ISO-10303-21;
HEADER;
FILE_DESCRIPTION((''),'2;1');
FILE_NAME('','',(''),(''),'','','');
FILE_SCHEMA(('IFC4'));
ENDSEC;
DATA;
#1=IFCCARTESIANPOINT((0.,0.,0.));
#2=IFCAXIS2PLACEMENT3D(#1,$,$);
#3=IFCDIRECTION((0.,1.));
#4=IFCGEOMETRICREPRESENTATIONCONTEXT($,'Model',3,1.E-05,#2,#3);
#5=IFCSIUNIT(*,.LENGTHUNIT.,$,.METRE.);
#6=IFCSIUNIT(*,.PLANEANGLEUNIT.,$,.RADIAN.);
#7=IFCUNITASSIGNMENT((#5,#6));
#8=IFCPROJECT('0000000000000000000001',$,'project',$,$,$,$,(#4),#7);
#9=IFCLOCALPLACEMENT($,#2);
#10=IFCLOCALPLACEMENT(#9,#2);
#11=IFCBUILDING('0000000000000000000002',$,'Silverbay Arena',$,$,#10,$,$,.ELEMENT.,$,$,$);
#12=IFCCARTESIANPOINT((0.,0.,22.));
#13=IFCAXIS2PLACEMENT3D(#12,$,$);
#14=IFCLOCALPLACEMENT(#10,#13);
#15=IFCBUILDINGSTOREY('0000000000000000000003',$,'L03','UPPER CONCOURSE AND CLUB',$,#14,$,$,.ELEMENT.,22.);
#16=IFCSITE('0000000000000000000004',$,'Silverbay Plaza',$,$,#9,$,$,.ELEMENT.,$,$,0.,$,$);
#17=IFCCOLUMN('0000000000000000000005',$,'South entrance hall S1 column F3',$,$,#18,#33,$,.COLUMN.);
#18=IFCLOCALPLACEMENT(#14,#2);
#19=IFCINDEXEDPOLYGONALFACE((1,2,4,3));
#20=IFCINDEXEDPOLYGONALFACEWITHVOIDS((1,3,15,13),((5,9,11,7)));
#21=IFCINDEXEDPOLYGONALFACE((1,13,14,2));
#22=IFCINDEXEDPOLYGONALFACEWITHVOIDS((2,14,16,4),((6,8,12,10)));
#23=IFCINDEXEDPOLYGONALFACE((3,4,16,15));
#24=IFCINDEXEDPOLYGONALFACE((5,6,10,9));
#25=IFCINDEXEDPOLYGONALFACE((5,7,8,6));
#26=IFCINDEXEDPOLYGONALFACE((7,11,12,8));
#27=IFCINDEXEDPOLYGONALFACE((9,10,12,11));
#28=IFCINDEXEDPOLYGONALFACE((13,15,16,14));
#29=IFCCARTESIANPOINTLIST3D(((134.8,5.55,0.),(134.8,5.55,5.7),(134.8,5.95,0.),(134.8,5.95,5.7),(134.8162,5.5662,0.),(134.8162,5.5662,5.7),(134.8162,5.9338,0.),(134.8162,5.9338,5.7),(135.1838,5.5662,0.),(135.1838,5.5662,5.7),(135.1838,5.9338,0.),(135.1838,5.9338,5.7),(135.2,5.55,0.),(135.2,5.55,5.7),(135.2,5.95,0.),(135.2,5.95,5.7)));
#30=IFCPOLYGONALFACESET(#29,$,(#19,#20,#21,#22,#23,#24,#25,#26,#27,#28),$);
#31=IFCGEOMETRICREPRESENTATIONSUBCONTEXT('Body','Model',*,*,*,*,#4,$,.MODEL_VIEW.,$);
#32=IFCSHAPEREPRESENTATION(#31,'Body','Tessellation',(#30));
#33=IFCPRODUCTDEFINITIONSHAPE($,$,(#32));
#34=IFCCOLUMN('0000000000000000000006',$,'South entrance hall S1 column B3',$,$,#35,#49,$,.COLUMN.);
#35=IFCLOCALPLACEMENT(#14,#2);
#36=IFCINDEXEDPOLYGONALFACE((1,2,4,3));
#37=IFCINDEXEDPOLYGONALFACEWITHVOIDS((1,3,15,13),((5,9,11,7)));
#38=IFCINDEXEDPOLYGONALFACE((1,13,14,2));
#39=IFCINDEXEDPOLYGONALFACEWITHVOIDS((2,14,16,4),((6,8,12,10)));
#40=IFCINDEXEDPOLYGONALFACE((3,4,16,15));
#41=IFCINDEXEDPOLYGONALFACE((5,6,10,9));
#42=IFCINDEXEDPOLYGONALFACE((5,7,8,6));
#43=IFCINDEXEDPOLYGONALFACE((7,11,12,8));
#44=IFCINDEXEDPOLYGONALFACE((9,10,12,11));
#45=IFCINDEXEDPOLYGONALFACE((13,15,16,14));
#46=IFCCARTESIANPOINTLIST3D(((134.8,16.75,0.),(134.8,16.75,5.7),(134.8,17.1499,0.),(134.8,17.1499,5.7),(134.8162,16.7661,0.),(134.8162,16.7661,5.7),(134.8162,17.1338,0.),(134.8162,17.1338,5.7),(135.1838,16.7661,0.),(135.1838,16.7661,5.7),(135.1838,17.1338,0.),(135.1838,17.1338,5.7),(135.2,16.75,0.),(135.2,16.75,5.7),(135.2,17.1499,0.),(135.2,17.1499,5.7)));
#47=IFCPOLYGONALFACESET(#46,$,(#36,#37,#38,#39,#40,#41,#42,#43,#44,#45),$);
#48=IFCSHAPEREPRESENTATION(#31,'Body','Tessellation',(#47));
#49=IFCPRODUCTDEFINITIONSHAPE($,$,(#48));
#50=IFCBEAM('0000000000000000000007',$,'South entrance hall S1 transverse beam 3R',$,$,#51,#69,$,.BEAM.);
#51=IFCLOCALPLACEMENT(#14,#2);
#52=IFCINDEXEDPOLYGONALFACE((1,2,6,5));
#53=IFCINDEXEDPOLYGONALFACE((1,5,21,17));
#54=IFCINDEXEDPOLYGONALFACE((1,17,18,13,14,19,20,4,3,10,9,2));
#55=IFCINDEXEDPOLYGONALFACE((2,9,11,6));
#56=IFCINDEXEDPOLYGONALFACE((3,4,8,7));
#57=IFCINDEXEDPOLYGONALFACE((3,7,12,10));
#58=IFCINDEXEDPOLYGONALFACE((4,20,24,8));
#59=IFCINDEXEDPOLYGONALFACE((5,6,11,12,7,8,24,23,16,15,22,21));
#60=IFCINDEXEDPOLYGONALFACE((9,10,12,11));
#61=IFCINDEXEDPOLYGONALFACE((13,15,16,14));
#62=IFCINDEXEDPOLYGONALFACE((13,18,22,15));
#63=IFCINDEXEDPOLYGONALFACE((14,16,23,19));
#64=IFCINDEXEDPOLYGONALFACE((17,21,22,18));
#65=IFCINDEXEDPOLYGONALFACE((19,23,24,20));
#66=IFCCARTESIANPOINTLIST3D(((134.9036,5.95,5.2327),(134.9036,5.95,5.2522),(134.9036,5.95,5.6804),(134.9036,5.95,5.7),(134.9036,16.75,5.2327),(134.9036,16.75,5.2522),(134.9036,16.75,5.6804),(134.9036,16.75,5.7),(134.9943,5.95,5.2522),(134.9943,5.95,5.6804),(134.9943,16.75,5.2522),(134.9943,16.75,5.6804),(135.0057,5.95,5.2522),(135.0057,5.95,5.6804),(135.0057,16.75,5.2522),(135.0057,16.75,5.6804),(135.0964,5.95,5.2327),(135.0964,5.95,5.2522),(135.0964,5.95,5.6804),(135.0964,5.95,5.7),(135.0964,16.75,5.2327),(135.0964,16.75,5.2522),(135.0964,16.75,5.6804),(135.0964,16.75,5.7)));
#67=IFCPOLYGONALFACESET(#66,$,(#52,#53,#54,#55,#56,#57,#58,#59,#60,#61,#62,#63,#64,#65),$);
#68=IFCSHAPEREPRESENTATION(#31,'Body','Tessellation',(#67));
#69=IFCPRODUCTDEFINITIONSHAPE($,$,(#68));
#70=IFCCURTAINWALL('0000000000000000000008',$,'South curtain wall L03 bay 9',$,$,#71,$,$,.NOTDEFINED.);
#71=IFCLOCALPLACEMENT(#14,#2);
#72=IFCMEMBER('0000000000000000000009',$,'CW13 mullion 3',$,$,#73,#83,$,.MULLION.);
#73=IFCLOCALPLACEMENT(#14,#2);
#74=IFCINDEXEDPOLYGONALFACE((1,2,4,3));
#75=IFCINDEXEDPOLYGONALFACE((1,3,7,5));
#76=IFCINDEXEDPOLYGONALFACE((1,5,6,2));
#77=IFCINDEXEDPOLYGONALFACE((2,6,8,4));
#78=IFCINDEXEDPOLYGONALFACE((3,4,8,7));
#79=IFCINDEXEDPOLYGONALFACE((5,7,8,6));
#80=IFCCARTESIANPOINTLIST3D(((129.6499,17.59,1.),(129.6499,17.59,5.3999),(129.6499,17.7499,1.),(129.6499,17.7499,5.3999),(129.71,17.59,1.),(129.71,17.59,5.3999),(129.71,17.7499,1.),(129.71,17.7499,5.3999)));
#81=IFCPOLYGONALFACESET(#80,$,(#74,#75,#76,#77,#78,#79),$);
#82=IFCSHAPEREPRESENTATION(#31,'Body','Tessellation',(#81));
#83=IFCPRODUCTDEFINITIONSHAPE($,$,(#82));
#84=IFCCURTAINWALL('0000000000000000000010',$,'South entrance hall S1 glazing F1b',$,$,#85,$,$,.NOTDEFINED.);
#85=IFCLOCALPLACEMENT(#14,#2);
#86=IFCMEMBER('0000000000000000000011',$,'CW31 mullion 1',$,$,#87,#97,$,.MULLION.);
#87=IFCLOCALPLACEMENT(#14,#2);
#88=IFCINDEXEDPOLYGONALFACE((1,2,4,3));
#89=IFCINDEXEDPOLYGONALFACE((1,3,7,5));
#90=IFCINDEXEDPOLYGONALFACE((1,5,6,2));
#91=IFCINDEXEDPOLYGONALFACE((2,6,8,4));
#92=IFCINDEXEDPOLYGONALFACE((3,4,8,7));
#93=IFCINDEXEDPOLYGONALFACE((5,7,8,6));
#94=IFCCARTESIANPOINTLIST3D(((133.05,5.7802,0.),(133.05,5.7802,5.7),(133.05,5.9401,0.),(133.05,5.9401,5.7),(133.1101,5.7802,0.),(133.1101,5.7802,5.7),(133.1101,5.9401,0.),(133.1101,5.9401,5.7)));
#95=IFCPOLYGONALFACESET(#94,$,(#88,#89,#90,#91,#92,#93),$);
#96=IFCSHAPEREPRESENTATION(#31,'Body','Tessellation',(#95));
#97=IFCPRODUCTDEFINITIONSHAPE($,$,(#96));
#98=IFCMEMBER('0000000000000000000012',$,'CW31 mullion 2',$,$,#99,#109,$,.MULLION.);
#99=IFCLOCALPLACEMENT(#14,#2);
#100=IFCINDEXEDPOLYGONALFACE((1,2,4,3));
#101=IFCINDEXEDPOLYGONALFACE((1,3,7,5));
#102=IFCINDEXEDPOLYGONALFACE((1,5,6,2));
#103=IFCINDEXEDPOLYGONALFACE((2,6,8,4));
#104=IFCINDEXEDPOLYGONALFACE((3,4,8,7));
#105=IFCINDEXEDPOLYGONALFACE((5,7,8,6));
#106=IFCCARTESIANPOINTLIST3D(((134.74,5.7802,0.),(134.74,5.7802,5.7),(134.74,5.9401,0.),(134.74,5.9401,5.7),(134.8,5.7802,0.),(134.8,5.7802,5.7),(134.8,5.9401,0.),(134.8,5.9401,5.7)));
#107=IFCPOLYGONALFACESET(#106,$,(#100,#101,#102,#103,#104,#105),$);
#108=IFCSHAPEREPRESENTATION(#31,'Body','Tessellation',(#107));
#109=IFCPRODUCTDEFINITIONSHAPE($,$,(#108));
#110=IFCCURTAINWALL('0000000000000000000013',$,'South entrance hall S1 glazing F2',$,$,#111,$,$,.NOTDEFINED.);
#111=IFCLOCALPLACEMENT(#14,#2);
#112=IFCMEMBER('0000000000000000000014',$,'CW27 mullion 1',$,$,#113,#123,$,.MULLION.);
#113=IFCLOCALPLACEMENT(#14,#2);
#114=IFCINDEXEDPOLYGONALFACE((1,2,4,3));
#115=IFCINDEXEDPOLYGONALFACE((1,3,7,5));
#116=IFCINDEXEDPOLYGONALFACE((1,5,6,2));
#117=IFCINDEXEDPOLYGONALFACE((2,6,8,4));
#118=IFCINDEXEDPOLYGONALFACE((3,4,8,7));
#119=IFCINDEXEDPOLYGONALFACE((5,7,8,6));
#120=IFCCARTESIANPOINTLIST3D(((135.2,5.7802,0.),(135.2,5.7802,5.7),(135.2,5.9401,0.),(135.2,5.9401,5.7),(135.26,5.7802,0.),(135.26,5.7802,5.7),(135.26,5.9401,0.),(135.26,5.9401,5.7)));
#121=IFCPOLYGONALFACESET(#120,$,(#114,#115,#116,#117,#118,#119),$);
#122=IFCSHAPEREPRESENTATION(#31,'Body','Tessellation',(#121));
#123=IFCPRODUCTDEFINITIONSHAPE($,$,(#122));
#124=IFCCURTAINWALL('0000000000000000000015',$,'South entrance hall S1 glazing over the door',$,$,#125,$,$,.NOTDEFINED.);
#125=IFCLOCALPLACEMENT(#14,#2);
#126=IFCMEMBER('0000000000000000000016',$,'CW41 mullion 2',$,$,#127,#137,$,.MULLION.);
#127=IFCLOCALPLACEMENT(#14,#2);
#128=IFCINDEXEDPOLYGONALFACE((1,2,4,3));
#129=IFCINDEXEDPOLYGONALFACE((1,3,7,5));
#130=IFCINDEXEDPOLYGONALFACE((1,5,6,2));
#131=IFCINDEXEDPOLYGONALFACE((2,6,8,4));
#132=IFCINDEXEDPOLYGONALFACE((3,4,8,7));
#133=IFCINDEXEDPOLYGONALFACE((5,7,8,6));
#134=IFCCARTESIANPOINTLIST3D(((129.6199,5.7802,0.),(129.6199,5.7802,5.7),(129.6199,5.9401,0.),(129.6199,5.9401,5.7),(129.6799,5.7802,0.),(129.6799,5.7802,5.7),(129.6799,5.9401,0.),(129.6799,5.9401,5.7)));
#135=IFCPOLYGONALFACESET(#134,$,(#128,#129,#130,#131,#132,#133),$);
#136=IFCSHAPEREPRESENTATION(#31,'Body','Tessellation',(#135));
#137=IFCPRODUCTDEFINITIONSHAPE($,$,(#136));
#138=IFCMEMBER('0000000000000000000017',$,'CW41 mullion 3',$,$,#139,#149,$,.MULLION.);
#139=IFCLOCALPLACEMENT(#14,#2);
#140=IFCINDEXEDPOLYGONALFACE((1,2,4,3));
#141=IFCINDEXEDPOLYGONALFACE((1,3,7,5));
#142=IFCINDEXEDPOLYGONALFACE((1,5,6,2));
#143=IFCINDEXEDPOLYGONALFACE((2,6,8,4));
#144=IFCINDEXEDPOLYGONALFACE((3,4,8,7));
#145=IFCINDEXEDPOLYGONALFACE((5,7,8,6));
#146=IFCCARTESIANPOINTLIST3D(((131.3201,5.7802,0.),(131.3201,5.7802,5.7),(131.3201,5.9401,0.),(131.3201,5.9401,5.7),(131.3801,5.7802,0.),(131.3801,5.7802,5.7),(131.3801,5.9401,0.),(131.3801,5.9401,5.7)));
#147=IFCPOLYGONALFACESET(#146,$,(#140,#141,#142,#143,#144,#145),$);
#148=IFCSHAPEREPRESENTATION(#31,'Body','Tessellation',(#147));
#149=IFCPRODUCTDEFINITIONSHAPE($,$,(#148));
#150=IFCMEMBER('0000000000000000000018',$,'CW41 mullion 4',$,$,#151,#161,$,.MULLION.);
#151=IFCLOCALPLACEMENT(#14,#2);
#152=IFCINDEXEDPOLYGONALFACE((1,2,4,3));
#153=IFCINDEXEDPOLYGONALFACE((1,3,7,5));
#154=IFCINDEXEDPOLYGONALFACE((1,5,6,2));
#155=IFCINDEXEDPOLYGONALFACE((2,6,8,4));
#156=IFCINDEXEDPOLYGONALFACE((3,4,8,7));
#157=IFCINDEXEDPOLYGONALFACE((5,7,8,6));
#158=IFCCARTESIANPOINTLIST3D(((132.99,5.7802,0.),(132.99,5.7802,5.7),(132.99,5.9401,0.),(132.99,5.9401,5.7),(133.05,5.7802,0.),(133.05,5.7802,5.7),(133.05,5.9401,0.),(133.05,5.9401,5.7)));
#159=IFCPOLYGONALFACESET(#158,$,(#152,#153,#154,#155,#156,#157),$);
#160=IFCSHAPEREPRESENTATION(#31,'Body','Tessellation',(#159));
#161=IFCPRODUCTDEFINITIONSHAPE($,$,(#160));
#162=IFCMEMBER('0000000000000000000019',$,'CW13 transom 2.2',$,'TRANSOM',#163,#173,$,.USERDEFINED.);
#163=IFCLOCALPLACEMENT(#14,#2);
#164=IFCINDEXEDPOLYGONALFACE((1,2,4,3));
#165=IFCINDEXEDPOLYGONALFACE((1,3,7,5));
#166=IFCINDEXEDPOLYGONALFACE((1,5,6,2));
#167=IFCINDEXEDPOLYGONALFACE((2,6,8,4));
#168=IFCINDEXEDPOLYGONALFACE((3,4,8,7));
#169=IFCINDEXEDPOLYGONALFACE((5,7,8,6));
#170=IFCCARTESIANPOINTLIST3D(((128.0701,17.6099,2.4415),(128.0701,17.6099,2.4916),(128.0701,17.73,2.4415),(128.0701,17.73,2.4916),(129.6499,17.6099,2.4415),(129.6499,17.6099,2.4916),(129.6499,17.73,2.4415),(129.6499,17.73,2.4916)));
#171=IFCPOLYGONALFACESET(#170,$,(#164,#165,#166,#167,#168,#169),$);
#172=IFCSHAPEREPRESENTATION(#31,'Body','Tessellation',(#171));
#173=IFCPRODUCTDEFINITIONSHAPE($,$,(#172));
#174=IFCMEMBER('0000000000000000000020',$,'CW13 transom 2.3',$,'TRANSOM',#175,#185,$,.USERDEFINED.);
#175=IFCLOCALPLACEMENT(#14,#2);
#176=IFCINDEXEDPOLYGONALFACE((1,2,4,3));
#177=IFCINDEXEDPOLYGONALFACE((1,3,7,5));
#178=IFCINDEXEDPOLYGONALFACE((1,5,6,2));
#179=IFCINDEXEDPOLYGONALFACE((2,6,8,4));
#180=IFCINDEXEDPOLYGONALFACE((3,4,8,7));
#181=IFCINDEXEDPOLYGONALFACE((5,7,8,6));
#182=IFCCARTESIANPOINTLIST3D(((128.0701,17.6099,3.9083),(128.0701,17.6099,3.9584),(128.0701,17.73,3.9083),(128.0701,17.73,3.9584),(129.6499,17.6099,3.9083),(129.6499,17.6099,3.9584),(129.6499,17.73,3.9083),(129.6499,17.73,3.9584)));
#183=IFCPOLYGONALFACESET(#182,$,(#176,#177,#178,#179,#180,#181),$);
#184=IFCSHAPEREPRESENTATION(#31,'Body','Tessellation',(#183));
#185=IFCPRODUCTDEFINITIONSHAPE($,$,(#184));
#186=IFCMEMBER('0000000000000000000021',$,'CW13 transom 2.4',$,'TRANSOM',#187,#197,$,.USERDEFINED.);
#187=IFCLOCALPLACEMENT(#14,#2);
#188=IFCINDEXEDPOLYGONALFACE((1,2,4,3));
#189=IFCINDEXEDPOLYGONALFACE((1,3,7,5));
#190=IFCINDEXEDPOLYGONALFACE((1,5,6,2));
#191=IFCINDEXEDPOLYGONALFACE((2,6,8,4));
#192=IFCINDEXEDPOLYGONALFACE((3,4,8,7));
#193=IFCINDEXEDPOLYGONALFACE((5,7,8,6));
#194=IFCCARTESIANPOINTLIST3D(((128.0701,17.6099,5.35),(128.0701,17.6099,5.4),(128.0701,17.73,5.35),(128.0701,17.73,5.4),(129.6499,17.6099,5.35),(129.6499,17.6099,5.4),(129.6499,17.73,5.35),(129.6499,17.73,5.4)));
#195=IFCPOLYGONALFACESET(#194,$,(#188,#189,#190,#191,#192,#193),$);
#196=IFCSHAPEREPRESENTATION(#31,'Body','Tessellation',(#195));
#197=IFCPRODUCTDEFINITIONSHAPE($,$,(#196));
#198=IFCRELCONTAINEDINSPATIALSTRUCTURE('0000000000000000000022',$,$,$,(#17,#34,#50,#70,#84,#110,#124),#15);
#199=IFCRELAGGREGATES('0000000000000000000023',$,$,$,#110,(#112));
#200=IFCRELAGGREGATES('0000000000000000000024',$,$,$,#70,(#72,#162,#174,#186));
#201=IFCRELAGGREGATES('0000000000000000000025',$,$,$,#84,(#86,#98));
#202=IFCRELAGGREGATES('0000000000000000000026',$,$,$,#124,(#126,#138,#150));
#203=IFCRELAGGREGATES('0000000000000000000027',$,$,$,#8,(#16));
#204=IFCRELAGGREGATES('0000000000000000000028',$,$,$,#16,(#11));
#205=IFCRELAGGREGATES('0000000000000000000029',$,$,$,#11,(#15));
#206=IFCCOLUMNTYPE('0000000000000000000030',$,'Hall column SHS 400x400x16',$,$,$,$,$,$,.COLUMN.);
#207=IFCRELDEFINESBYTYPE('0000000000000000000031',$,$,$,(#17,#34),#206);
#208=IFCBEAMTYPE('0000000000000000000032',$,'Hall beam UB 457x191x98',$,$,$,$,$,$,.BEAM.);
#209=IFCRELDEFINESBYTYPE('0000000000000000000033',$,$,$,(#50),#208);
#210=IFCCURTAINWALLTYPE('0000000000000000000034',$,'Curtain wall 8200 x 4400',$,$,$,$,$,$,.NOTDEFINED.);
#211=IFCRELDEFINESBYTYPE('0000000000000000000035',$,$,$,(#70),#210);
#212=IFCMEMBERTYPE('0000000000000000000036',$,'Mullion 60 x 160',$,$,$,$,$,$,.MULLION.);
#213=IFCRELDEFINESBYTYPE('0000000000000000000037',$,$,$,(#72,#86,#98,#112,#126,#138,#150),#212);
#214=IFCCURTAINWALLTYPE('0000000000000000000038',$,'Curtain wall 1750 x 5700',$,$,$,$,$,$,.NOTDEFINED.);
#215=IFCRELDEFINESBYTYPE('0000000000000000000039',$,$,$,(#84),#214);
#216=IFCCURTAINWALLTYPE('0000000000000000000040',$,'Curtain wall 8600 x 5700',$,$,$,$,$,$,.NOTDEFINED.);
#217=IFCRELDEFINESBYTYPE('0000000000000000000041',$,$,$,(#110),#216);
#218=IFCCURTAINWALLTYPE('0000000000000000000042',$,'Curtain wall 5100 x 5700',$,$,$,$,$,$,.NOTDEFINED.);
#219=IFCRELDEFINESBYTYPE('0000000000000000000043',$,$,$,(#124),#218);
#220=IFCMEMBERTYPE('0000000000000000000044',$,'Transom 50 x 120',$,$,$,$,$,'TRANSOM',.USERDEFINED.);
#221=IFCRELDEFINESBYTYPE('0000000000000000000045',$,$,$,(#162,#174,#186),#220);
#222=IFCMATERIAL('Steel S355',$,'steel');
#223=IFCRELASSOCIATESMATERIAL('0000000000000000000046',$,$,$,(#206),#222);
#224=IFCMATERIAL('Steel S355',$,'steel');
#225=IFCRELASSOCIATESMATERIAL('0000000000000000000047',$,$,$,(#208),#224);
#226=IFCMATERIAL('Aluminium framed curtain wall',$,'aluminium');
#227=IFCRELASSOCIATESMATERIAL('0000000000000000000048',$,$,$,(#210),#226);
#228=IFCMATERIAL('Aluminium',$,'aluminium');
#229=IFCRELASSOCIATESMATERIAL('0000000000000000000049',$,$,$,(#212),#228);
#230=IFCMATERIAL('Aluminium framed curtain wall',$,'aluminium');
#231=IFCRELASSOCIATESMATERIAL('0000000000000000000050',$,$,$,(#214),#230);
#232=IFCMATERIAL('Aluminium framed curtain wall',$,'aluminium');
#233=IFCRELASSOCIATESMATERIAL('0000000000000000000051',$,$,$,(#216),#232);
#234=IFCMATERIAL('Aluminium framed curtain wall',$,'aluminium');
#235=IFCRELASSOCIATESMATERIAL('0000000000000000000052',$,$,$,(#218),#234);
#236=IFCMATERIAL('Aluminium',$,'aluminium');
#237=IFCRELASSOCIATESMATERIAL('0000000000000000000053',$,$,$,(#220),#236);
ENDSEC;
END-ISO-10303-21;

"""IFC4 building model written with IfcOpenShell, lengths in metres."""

from ifc_helpers import new_model, si_unit, direction, frame, origin, origin_2d, place, context, subcontext, project, spatial, rectangle, hollow_rectangle, i_section, extrude, material, material_profile, profile_set, type_object, element, aggregate, save


model = new_model("IFC4")

# Units and contexts
model_context = context("Model", 3, precision=1e-05, world=origin(), true_north=direction((0.0, 1.0)))
body_context = subcontext(model_context, "Body", "Model", "MODEL_VIEW")
ifc_project = project(units=[si_unit("LENGTHUNIT", "METRE"), si_unit("PLANEANGLEUNIT", "RADIAN")], contexts=[model_context])

# Site, building, storey
site_placement = place(None, origin())
site = spatial("IfcSite", under=ifc_project, at=site_placement, Name="Silverbay Plaza", CompositionType="ELEMENT", RefElevation=0.0)
building_placement = place(site_placement, origin())
building = spatial("IfcBuilding", under=site, at=building_placement, Name="Silverbay Arena", CompositionType="ELEMENT")
storey_placement = place(building_placement, frame((0.0, 0.0, 22.0)))
storey = spatial("IfcBuildingStorey", under=building, at=storey_placement, Name="L03", Description="UPPER CONCOURSE AND CLUB", CompositionType="ELEMENT", Elevation=22.0)

# Columns
ifc_material_1 = material(Name="Steel S355", Category="steel")
ifc_material_profile_1 = material_profile(ifc_material_1, hollow_rectangle(XDim=0.3999, YDim=0.3999, WallThickness=0.0161, at=origin_2d()), Name="SHS 400x400x16")
ifc_profile_set_1 = profile_set([ifc_material_profile_1], Name="Steel S355")
column_type = type_object("IfcColumnType", Name="Hall column SHS 400x400x16", PredefinedType="COLUMN", material=ifc_profile_set_1)
for number, where, z_axis, x_axis, name in (
    (1, (135.0, 5.75, 0.0), (0.0, 0.0, 1.0), (1.0, 0.0, 0.0), "South entrance hall S1 column F3"),
    (2, (135.0, 16.95, 0.0), (0.0, 0.0, 1.0), (1.0, 0.0, 0.0), "South entrance hall S1 column B3"),
):
    element("IfcColumn", number, at=place(storey_placement, frame(where, z_axis=z_axis, x_axis=x_axis)), inside=storey, type_object=column_type, Name=name, PredefinedType="COLUMN", context=body_context, shape_type="SweptSolid", body=[
        extrude(hollow_rectangle(XDim=0.3999, YDim=0.3999, WallThickness=0.0161, at=origin_2d()), origin(), (0.0, 0.0, 1.0), 5.7),
    ])

# Beam
ifc_material_2 = material(Name="Steel S355", Category="steel")
ifc_material_profile_2 = material_profile(ifc_material_2, i_section(OverallWidth=0.1929, OverallDepth=0.4673, WebThickness=0.0115, FlangeThickness=0.0195, at=origin_2d()), Name="UB 457x191x98")
ifc_profile_set_2 = profile_set([ifc_material_profile_2], Name="Steel S355")
beam_type = type_object("IfcBeamType", Name="Hall beam UB 457x191x98", PredefinedType="BEAM", material=ifc_profile_set_2)
beam_placement = place(storey_placement, frame((135.0, 16.75, 5.4663), z_axis=(0.0, -1.0, 0.0), x_axis=(1.0, 0.0, 0.0)))
element("IfcBeam", 3, at=beam_placement, inside=storey, type_object=beam_type, Name="South entrance hall S1 transverse beam 3R", PredefinedType="BEAM", context=body_context, shape_type="SweptSolid", body=[
    extrude(i_section(OverallWidth=0.1929, OverallDepth=0.4673, WebThickness=0.0115, FlangeThickness=0.0195, at=origin_2d()), origin(), (0.0, 0.0, 1.0), 10.8),
])

# Curtain wall, member
ifc_material_3 = material(Name="Aluminium framed curtain wall", Category="aluminium")
curtain_wall_type_1 = type_object("IfcCurtainWallType", Name="Curtain wall 8200 x 4400", PredefinedType="NOTDEFINED", material=ifc_material_3)
curtain_wall_1_placement = place(storey_placement, origin())
curtain_wall_1 = element("IfcCurtainWall", 4, at=curtain_wall_1_placement, inside=storey, type_object=curtain_wall_type_1, Name="South curtain wall L03 bay 9", PredefinedType="NOTDEFINED")
ifc_material_4 = material(Name="Aluminium", Category="aluminium")
ifc_material_profile_3 = material_profile(ifc_material_4, rectangle(XDim=0.1599, YDim=0.0601, at=origin_2d()), Name="Mullion 60 x 160")
ifc_profile_set_3 = profile_set([ifc_material_profile_3], Name="Aluminium")
member_type_1 = type_object("IfcMemberType", Name="Mullion 60 x 160", PredefinedType="MULLION", material=ifc_profile_set_3)
member_1_placement = place(storey_placement, frame((129.6799, 17.6699, 1.0), z_axis=(0.0, 0.0, 1.0), x_axis=(0.0, 1.0, 0.0)))
member_1 = element("IfcMember", 5, at=member_1_placement, type_object=member_type_1, Name="CW13 mullion 3", PredefinedType="MULLION", context=body_context, shape_type="SweptSolid", body=[
    extrude(rectangle(XDim=0.1599, YDim=0.0601, at=origin_2d()), origin(), (0.0, 0.0, 1.0), 4.3999),
])

# Curtain wall, members
ifc_material_5 = material(Name="Aluminium framed curtain wall", Category="aluminium")
curtain_wall_type_2 = type_object("IfcCurtainWallType", Name="Curtain wall 1750 x 5700", PredefinedType="NOTDEFINED", material=ifc_material_5)
curtain_wall_2_placement = place(storey_placement, origin())
curtain_wall_2 = element("IfcCurtainWall", 6, at=curtain_wall_2_placement, inside=storey, type_object=curtain_wall_type_2, Name="South entrance hall S1 glazing F1b", PredefinedType="NOTDEFINED")
member_2_placement = place(storey_placement, frame((133.0801, 5.8601, 0.0), z_axis=(0.0, 0.0, 1.0), x_axis=(0.0, 1.0, 0.0)))
member_2 = element("IfcMember", 7, at=member_2_placement, type_object=member_type_1, Name="CW31 mullion 1", PredefinedType="MULLION", context=body_context, shape_type="SweptSolid", body=[
    extrude(rectangle(XDim=0.1599, YDim=0.0601, at=origin_2d()), origin(), (0.0, 0.0, 1.0), 5.7),
])
member_3_placement = place(storey_placement, frame((134.77, 5.8601, 0.0), z_axis=(0.0, 0.0, 1.0), x_axis=(0.0, 1.0, 0.0)))
member_3 = element("IfcMember", 8, at=member_3_placement, type_object=member_type_1, Name="CW31 mullion 2", PredefinedType="MULLION", context=body_context, shape_type="SweptSolid", body=[
    extrude(rectangle(XDim=0.1599, YDim=0.0601, at=origin_2d()), origin(), (0.0, 0.0, 1.0), 5.7),
])

# Curtain wall, member
ifc_material_6 = material(Name="Aluminium framed curtain wall", Category="aluminium")
curtain_wall_type_3 = type_object("IfcCurtainWallType", Name="Curtain wall 8600 x 5700", PredefinedType="NOTDEFINED", material=ifc_material_6)
curtain_wall_3_placement = place(storey_placement, origin())
curtain_wall_3 = element("IfcCurtainWall", 9, at=curtain_wall_3_placement, inside=storey, type_object=curtain_wall_type_3, Name="South entrance hall S1 glazing F2", PredefinedType="NOTDEFINED")
member_4_placement = place(storey_placement, frame((135.23, 5.8601, 0.0), z_axis=(0.0, 0.0, 1.0), x_axis=(0.0, 1.0, 0.0)))
member_4 = element("IfcMember", 10, at=member_4_placement, type_object=member_type_1, Name="CW27 mullion 1", PredefinedType="MULLION", context=body_context, shape_type="SweptSolid", body=[
    extrude(rectangle(XDim=0.1599, YDim=0.0601, at=origin_2d()), origin(), (0.0, 0.0, 1.0), 5.7),
])

# Curtain wall, members
ifc_material_7 = material(Name="Aluminium framed curtain wall", Category="aluminium")
curtain_wall_type_4 = type_object("IfcCurtainWallType", Name="Curtain wall 5100 x 5700", PredefinedType="NOTDEFINED", material=ifc_material_7)
curtain_wall_4_placement = place(storey_placement, origin())
curtain_wall_4 = element("IfcCurtainWall", 11, at=curtain_wall_4_placement, inside=storey, type_object=curtain_wall_type_4, Name="South entrance hall S1 glazing over the door", PredefinedType="NOTDEFINED")
member_5_placement = place(storey_placement, frame((129.6499, 5.8601, 0.0), z_axis=(0.0, 0.0, 1.0), x_axis=(0.0, 1.0, 0.0)))
member_5 = element("IfcMember", 12, at=member_5_placement, type_object=member_type_1, Name="CW41 mullion 2", PredefinedType="MULLION", context=body_context, shape_type="SweptSolid", body=[
    extrude(rectangle(XDim=0.1599, YDim=0.0601, at=origin_2d()), origin(), (0.0, 0.0, 1.0), 5.7),
])
member_6_placement = place(storey_placement, frame((131.3501, 5.8601, 0.0), z_axis=(0.0, 0.0, 1.0), x_axis=(0.0, 1.0, 0.0)))
member_6 = element("IfcMember", 13, at=member_6_placement, type_object=member_type_1, Name="CW41 mullion 3", PredefinedType="MULLION", context=body_context, shape_type="SweptSolid", body=[
    extrude(rectangle(XDim=0.1599, YDim=0.0601, at=origin_2d()), origin(), (0.0, 0.0, 1.0), 5.7),
])
member_7_placement = place(storey_placement, frame((133.02, 5.8601, 0.0), z_axis=(0.0, 0.0, 1.0), x_axis=(0.0, 1.0, 0.0)))
member_7 = element("IfcMember", 14, at=member_7_placement, type_object=member_type_1, Name="CW41 mullion 4", PredefinedType="MULLION", context=body_context, shape_type="SweptSolid", body=[
    extrude(rectangle(XDim=0.1599, YDim=0.0601, at=origin_2d()), origin(), (0.0, 0.0, 1.0), 5.7),
])

# Members
ifc_material_8 = material(Name="Aluminium", Category="aluminium")
ifc_material_profile_4 = material_profile(ifc_material_8, rectangle(XDim=0.1201, YDim=0.05, at=origin_2d()), Name="Transom 50 x 120")
ifc_profile_set_4 = profile_set([ifc_material_profile_4], Name="Aluminium")
member_type_2 = type_object("IfcMemberType", Name="Transom 50 x 120", ElementType="TRANSOM", PredefinedType="USERDEFINED", material=ifc_profile_set_4)
member_8_placement = place(storey_placement, frame((128.0701, 17.6699, 2.4666), z_axis=(1.0, 0.0, 0.0), x_axis=(0.0, 1.0, 0.0)))
member_8 = element("IfcMember", 15, at=member_8_placement, type_object=member_type_2, Name="CW13 transom 2.2", ObjectType="TRANSOM", PredefinedType="USERDEFINED", context=body_context, shape_type="SweptSolid", body=[
    extrude(rectangle(XDim=0.1201, YDim=0.05, at=origin_2d()), origin(), (0.0, 0.0, 1.0), 1.5798),
])
member_9_placement = place(storey_placement, frame((128.0701, 17.6699, 3.9333), z_axis=(1.0, 0.0, 0.0), x_axis=(0.0, 1.0, 0.0)))
member_9 = element("IfcMember", 16, at=member_9_placement, type_object=member_type_2, Name="CW13 transom 2.3", ObjectType="TRANSOM", PredefinedType="USERDEFINED", context=body_context, shape_type="SweptSolid", body=[
    extrude(rectangle(XDim=0.1201, YDim=0.05, at=origin_2d()), origin(), (0.0, 0.0, 1.0), 1.5798),
])
member_10_placement = place(storey_placement, frame((128.0701, 17.6699, 5.375), z_axis=(1.0, 0.0, 0.0), x_axis=(0.0, 1.0, 0.0)))
member_10 = element("IfcMember", 17, at=member_10_placement, type_object=member_type_2, Name="CW13 transom 2.4", ObjectType="TRANSOM", PredefinedType="USERDEFINED", context=body_context, shape_type="SweptSolid", body=[
    extrude(rectangle(XDim=0.1201, YDim=0.05, at=origin_2d()), origin(), (0.0, 0.0, 1.0), 1.5798),
])
aggregate(curtain_wall_3, [member_4])

aggregate(curtain_wall_1, [member_1, member_8, member_9, member_10])
aggregate(curtain_wall_2, [member_2, member_3])
aggregate(curtain_wall_4, [member_5, member_6, member_7])

save(model, "model.ifc")
